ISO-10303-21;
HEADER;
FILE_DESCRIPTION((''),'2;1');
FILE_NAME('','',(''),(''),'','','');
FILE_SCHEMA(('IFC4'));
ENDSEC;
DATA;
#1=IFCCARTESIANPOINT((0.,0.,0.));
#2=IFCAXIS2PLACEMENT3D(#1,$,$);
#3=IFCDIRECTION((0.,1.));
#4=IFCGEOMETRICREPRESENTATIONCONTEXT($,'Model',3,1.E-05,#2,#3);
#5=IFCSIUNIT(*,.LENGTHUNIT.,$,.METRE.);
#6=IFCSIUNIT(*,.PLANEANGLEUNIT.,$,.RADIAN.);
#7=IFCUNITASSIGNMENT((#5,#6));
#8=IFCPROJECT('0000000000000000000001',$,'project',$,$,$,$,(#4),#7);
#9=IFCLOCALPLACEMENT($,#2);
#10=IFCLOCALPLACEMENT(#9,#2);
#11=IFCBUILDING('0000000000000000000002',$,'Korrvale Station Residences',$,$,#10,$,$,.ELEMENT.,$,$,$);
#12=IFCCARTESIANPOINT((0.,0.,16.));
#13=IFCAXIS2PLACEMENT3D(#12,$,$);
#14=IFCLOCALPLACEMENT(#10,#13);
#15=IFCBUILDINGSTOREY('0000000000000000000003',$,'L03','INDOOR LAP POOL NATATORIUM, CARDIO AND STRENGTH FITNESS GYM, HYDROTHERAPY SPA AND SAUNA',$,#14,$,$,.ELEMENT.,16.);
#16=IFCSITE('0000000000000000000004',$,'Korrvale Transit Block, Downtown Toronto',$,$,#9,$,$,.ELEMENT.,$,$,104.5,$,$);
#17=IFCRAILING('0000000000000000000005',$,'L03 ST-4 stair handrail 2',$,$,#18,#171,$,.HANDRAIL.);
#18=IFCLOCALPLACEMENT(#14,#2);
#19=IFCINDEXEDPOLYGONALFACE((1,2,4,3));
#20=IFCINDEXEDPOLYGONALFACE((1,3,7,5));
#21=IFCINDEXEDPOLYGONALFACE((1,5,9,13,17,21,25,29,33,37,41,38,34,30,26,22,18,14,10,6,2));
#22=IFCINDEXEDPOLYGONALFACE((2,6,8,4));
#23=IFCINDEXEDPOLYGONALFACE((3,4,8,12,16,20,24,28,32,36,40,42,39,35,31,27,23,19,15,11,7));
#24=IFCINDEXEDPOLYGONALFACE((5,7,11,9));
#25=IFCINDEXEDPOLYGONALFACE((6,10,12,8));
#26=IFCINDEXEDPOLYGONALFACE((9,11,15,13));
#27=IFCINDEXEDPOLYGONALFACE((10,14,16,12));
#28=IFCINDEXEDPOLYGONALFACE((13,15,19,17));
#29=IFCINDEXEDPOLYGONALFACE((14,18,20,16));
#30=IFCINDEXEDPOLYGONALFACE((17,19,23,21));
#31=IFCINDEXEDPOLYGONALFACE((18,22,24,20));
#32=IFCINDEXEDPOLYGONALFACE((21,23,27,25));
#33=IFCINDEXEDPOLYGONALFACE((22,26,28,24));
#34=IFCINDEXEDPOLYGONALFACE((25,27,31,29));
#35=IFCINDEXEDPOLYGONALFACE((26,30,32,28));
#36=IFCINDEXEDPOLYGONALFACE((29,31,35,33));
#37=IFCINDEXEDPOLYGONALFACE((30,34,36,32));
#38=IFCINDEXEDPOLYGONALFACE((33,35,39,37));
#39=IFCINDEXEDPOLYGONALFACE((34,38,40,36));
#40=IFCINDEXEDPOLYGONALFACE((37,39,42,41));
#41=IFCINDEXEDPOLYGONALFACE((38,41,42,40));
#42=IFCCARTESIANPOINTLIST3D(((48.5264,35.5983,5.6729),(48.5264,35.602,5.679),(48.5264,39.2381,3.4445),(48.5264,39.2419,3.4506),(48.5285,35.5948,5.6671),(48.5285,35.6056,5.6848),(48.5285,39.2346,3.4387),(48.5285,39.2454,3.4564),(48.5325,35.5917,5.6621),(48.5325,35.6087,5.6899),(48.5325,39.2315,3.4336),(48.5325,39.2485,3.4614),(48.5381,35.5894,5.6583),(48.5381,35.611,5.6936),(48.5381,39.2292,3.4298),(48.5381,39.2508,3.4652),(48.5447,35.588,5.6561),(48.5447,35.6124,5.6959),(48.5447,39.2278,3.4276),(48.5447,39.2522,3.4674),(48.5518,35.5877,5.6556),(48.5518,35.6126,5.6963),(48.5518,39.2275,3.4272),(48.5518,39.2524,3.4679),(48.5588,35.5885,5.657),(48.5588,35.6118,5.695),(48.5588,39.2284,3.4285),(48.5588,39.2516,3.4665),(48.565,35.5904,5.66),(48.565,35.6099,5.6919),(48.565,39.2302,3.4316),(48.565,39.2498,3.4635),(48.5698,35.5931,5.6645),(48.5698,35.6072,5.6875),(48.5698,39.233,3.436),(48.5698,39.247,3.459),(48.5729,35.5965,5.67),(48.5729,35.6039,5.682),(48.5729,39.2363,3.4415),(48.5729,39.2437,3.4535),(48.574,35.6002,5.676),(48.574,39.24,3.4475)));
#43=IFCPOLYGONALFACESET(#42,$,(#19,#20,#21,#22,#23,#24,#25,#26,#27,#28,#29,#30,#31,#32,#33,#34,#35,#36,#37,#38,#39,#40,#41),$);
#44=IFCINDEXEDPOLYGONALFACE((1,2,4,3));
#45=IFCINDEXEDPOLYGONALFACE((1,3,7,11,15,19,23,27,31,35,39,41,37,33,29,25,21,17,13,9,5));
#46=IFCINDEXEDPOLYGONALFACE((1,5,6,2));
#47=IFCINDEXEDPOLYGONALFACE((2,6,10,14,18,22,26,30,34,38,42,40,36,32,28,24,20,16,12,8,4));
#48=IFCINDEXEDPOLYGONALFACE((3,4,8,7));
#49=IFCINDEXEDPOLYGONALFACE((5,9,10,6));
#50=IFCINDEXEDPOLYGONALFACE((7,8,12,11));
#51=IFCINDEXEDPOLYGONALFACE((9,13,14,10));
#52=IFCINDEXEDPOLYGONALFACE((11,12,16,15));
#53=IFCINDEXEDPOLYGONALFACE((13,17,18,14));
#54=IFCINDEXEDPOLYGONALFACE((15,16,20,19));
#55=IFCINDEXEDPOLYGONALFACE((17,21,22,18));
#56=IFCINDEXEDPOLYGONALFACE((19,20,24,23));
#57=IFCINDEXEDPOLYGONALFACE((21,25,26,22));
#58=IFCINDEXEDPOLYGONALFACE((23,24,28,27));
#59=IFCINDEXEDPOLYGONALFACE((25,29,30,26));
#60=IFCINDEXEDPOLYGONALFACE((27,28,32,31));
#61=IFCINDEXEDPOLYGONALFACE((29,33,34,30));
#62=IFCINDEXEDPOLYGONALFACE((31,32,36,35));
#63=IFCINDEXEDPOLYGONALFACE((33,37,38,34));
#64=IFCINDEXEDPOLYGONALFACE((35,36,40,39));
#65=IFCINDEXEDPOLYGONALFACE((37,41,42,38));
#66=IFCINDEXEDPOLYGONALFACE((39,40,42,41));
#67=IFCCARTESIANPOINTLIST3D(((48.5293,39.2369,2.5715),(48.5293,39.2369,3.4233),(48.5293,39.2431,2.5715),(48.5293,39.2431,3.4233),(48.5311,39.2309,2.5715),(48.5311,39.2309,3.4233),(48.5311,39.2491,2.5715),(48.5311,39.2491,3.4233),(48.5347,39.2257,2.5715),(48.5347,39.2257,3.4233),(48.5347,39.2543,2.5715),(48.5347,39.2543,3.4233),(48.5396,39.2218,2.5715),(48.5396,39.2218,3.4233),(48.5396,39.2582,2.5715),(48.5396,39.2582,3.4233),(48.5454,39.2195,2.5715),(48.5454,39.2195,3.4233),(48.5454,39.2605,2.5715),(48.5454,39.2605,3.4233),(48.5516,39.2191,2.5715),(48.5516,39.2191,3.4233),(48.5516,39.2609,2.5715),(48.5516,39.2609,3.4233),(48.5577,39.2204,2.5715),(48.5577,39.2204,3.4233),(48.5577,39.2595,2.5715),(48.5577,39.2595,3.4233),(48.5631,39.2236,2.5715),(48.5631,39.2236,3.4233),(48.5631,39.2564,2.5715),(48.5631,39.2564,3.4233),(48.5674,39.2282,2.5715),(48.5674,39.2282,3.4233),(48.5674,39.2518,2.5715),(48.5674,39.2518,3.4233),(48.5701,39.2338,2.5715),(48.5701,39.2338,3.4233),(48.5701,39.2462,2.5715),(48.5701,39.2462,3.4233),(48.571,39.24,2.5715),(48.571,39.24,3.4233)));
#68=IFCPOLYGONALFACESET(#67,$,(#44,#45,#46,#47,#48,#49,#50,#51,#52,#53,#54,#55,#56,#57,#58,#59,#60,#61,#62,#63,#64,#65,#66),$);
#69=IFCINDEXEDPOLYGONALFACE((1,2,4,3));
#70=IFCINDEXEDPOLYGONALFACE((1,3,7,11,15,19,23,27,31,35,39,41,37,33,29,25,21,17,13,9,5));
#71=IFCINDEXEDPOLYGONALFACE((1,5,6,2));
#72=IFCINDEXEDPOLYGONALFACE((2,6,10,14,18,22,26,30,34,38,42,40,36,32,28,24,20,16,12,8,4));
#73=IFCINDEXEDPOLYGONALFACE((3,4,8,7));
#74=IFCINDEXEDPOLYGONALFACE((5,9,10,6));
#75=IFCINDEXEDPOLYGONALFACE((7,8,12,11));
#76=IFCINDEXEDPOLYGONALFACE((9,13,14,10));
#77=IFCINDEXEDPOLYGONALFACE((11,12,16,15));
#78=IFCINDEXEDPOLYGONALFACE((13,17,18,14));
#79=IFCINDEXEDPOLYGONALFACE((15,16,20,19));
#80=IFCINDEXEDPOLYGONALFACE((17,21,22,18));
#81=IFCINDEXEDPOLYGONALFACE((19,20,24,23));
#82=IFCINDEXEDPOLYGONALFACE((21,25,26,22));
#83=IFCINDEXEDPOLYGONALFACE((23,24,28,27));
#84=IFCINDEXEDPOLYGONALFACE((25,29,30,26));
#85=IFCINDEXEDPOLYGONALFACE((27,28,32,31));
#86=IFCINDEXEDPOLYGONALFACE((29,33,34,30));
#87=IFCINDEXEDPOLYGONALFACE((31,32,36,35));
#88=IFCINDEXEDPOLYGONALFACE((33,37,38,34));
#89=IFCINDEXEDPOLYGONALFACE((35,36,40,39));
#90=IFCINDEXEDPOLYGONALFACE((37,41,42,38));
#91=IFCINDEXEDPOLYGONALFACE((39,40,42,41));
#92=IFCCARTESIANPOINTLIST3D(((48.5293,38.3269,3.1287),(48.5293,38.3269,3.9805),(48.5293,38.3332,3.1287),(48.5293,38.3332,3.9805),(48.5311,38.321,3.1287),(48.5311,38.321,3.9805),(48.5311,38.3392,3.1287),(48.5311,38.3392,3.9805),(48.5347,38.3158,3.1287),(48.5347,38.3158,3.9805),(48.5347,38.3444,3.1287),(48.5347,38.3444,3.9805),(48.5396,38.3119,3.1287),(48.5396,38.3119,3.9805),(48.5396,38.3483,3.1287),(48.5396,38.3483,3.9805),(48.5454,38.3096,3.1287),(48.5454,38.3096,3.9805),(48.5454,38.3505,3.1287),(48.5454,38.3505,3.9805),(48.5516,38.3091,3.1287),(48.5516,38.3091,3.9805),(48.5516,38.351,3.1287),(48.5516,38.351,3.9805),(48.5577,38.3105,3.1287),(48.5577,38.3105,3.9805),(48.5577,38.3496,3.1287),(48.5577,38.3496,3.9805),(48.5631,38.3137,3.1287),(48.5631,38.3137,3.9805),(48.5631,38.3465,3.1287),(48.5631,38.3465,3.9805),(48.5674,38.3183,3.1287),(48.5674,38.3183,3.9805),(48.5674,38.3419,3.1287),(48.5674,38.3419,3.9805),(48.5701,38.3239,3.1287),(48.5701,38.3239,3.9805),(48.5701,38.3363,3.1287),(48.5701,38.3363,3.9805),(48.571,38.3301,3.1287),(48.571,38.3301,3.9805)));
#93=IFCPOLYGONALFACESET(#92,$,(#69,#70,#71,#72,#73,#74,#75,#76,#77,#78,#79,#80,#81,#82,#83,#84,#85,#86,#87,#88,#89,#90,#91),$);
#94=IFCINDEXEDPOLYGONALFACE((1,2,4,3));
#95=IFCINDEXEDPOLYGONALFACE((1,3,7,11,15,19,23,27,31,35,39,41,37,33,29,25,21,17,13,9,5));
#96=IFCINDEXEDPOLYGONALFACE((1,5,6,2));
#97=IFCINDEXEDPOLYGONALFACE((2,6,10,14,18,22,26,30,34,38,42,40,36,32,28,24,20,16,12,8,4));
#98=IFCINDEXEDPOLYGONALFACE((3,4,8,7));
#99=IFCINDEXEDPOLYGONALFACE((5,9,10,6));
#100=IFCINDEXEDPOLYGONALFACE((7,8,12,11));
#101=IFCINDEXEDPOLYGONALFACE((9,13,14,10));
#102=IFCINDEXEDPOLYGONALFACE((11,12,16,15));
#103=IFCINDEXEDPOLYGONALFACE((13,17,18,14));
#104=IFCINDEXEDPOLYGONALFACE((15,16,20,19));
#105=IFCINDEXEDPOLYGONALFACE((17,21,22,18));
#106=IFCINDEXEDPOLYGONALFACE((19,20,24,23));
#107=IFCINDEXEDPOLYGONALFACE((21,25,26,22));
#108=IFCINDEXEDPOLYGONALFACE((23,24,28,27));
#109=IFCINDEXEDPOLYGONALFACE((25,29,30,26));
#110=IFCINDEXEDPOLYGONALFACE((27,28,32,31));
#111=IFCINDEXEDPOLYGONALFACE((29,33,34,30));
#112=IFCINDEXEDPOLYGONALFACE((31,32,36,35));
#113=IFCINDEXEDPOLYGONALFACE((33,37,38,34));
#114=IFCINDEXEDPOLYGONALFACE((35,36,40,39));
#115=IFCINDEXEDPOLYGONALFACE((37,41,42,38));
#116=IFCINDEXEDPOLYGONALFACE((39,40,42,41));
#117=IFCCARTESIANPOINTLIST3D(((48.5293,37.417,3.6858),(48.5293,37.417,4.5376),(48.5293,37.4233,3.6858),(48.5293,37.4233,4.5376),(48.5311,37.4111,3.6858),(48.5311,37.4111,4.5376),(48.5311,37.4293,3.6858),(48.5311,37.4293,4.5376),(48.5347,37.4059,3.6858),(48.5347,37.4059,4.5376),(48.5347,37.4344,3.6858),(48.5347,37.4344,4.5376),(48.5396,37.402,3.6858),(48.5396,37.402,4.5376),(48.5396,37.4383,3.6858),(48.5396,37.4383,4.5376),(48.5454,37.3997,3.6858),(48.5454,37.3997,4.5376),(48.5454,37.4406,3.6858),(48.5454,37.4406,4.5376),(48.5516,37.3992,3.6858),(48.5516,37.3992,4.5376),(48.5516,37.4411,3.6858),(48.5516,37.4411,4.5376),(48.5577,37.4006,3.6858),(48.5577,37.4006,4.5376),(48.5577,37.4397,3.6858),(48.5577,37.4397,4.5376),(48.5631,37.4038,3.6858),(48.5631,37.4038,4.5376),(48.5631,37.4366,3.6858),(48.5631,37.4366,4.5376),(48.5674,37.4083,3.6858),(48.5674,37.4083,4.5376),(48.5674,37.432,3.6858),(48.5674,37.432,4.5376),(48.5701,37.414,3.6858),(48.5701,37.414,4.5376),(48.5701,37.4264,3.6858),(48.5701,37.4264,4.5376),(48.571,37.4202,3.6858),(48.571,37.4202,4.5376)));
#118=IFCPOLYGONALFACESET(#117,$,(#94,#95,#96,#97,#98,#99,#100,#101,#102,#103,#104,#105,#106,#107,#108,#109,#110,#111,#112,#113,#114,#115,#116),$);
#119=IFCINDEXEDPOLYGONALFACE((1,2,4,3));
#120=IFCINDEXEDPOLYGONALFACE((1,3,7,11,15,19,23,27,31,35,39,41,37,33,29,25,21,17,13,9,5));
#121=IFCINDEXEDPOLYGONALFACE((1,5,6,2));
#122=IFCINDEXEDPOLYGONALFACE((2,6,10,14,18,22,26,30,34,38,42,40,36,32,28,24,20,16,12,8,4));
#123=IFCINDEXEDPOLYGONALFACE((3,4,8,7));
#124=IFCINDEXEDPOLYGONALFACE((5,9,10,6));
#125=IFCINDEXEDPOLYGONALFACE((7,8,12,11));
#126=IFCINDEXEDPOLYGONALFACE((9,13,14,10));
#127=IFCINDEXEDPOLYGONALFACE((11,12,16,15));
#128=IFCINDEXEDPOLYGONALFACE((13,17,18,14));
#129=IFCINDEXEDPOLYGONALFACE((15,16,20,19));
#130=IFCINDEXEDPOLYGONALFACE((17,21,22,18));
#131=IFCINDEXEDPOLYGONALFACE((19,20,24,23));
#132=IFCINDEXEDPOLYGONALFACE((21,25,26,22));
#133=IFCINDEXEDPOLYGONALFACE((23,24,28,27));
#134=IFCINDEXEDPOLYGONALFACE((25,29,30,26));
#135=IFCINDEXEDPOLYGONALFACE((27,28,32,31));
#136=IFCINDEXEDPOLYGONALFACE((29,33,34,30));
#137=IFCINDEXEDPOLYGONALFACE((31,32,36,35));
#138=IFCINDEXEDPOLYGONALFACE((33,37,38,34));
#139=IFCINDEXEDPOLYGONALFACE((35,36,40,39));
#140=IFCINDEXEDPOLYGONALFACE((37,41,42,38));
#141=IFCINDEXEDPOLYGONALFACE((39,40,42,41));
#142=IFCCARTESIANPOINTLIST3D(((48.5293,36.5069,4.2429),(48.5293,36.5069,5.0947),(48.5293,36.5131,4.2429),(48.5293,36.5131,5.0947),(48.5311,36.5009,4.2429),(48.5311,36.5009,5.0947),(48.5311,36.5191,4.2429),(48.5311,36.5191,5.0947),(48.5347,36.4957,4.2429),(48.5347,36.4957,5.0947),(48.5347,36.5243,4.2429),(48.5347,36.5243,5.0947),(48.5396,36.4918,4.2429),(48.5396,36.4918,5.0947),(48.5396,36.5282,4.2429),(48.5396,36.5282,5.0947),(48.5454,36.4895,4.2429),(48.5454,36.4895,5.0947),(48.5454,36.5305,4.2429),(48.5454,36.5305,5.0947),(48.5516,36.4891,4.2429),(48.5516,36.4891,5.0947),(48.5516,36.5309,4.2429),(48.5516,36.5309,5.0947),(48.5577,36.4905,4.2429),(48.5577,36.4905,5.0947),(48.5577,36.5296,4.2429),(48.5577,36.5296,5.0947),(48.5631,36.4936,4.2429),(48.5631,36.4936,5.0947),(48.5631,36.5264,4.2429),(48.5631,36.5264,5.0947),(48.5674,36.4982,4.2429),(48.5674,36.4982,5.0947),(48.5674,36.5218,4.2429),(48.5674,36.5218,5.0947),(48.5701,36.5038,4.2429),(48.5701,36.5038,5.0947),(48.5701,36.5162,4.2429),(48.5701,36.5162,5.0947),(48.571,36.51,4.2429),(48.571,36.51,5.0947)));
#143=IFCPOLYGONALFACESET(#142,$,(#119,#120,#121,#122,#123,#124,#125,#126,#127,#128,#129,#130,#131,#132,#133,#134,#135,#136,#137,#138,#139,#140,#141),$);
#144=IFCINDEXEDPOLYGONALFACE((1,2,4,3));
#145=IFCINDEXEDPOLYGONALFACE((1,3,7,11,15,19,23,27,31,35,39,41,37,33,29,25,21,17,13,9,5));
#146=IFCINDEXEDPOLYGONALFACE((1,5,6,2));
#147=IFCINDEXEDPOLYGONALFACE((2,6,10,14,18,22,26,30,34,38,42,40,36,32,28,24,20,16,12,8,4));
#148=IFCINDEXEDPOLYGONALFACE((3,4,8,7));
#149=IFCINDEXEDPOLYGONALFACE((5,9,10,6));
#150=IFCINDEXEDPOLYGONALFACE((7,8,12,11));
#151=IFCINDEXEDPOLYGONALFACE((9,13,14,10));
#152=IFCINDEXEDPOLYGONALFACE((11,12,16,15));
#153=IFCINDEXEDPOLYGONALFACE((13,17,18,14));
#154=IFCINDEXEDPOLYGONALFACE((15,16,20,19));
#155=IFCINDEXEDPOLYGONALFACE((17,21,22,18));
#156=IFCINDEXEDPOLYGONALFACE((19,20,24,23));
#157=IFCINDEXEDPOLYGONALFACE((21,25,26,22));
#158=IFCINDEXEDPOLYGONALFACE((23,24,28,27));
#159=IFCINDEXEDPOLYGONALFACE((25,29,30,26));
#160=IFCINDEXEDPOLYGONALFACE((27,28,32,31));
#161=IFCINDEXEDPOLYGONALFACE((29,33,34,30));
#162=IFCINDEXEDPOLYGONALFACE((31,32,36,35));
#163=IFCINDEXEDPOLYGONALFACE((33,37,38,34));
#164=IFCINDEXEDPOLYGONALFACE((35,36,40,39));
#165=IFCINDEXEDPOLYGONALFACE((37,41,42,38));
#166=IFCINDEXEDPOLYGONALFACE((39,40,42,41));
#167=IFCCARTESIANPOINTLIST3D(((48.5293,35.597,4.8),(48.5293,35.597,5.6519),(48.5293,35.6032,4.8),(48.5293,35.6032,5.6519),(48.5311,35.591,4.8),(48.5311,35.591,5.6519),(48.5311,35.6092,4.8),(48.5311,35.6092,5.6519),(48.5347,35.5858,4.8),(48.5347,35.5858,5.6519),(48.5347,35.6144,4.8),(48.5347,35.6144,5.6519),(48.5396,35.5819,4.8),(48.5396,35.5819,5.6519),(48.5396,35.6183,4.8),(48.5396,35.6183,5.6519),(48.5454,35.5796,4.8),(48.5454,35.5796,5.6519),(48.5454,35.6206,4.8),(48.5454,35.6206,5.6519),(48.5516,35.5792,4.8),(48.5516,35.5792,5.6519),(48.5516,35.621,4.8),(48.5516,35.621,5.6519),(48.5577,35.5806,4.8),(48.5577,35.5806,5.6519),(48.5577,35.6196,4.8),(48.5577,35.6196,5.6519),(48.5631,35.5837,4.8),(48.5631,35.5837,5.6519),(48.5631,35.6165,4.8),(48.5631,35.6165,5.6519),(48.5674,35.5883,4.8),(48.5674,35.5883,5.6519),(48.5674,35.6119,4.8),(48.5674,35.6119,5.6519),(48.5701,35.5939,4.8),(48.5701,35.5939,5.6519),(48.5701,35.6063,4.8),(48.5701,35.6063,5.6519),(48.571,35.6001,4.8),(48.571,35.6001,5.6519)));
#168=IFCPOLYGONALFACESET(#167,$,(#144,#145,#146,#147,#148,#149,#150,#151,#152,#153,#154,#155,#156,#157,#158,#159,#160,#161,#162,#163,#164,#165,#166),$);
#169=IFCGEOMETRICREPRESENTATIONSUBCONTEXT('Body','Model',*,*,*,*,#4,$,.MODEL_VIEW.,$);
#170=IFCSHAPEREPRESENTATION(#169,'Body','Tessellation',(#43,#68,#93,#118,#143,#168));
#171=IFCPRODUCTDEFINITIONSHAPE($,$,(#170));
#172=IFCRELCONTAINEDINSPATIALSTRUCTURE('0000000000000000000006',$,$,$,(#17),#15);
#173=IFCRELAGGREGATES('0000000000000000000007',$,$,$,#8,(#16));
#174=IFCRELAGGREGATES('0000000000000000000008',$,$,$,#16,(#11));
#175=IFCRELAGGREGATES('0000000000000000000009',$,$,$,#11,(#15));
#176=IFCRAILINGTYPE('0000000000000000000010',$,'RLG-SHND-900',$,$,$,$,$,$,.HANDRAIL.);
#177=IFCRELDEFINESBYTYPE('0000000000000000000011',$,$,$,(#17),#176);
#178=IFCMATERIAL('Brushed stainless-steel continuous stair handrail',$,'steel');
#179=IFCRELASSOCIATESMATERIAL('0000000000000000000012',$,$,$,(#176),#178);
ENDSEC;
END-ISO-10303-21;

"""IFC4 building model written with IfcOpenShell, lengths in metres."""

from ifc_helpers import new_model, si_unit, direction, frame, origin, origin_2d, place, context, subcontext, project, spatial, circle, extrude, material, type_object, element, save


model = new_model("IFC4")

# Units and contexts
model_context = context("Model", 3, precision=1e-05, world=origin(), true_north=direction((0.0, 1.0)))
body_context = subcontext(model_context, "Body", "Model", "MODEL_VIEW")
ifc_project = project(units=[si_unit("LENGTHUNIT", "METRE"), si_unit("PLANEANGLEUNIT", "RADIAN")], contexts=[model_context])

# Site, building, storey
site_placement = place(None, origin())
site = spatial("IfcSite", under=ifc_project, at=site_placement, Name="Korrvale Transit Block, Downtown Toronto", CompositionType="ELEMENT", RefElevation=104.5)
building_placement = place(site_placement, origin())
building = spatial("IfcBuilding", under=site, at=building_placement, Name="Korrvale Station Residences", CompositionType="ELEMENT")
storey_placement = place(building_placement, frame((0.0, 0.0, 16.0)))
storey = spatial("IfcBuildingStorey", under=building, at=storey_placement, Name="L03", Description="INDOOR LAP POOL NATATORIUM, CARDIO AND STRENGTH FITNESS GYM, HYDROTHERAPY SPA AND SAUNA", CompositionType="ELEMENT", Elevation=16.0)

# Railing
ifc_material_1 = material(Name="Brushed stainless-steel continuous stair handrail", Category="steel")
railing_type_1 = type_object("IfcRailingType", Name="RLG-SHND-900", PredefinedType="HANDRAIL", material=ifc_material_1)
railing_1_placement = place(storey_placement, frame((48.55, 39.24, 2.5715)))
element("IfcRailing", 1, at=railing_1_placement, inside=storey, type_object=railing_type_1, Name="L03 ST-4 stair handrail 2", PredefinedType="HANDRAIL", context=body_context, shape_type="SweptSolid", body=[
    extrude(circle(Radius=0.0239, at=origin_2d()), frame((0.0, 0.0, 0.876), z_axis=(0.0, -0.85285, 0.522156), x_axis=(1.0, 0.0, 0.0)), (0.0, 0.0, 1.0), 4.2678),
    extrude(circle(Radius=0.021, at=origin_2d()), origin(), (0.0, 0.0, 1.0), 0.8518),
    extrude(circle(Radius=0.021, at=origin_2d()), frame((0.0, -0.9099, 0.5571)), (0.0, 0.0, 1.0), 0.8518),
    extrude(circle(Radius=0.021, at=origin_2d()), frame((0.0, -1.8198, 1.1143)), (0.0, 0.0, 1.0), 0.8518),
    extrude(circle(Radius=0.021, at=origin_2d()), frame((0.0, -2.73, 1.6714)), (0.0, 0.0, 1.0), 0.8518),
    extrude(circle(Radius=0.021, at=origin_2d()), frame((0.0, -3.6399, 2.2285)), (0.0, 0.0, 1.0), 0.8518),
])

save(model, "model.ifc")
